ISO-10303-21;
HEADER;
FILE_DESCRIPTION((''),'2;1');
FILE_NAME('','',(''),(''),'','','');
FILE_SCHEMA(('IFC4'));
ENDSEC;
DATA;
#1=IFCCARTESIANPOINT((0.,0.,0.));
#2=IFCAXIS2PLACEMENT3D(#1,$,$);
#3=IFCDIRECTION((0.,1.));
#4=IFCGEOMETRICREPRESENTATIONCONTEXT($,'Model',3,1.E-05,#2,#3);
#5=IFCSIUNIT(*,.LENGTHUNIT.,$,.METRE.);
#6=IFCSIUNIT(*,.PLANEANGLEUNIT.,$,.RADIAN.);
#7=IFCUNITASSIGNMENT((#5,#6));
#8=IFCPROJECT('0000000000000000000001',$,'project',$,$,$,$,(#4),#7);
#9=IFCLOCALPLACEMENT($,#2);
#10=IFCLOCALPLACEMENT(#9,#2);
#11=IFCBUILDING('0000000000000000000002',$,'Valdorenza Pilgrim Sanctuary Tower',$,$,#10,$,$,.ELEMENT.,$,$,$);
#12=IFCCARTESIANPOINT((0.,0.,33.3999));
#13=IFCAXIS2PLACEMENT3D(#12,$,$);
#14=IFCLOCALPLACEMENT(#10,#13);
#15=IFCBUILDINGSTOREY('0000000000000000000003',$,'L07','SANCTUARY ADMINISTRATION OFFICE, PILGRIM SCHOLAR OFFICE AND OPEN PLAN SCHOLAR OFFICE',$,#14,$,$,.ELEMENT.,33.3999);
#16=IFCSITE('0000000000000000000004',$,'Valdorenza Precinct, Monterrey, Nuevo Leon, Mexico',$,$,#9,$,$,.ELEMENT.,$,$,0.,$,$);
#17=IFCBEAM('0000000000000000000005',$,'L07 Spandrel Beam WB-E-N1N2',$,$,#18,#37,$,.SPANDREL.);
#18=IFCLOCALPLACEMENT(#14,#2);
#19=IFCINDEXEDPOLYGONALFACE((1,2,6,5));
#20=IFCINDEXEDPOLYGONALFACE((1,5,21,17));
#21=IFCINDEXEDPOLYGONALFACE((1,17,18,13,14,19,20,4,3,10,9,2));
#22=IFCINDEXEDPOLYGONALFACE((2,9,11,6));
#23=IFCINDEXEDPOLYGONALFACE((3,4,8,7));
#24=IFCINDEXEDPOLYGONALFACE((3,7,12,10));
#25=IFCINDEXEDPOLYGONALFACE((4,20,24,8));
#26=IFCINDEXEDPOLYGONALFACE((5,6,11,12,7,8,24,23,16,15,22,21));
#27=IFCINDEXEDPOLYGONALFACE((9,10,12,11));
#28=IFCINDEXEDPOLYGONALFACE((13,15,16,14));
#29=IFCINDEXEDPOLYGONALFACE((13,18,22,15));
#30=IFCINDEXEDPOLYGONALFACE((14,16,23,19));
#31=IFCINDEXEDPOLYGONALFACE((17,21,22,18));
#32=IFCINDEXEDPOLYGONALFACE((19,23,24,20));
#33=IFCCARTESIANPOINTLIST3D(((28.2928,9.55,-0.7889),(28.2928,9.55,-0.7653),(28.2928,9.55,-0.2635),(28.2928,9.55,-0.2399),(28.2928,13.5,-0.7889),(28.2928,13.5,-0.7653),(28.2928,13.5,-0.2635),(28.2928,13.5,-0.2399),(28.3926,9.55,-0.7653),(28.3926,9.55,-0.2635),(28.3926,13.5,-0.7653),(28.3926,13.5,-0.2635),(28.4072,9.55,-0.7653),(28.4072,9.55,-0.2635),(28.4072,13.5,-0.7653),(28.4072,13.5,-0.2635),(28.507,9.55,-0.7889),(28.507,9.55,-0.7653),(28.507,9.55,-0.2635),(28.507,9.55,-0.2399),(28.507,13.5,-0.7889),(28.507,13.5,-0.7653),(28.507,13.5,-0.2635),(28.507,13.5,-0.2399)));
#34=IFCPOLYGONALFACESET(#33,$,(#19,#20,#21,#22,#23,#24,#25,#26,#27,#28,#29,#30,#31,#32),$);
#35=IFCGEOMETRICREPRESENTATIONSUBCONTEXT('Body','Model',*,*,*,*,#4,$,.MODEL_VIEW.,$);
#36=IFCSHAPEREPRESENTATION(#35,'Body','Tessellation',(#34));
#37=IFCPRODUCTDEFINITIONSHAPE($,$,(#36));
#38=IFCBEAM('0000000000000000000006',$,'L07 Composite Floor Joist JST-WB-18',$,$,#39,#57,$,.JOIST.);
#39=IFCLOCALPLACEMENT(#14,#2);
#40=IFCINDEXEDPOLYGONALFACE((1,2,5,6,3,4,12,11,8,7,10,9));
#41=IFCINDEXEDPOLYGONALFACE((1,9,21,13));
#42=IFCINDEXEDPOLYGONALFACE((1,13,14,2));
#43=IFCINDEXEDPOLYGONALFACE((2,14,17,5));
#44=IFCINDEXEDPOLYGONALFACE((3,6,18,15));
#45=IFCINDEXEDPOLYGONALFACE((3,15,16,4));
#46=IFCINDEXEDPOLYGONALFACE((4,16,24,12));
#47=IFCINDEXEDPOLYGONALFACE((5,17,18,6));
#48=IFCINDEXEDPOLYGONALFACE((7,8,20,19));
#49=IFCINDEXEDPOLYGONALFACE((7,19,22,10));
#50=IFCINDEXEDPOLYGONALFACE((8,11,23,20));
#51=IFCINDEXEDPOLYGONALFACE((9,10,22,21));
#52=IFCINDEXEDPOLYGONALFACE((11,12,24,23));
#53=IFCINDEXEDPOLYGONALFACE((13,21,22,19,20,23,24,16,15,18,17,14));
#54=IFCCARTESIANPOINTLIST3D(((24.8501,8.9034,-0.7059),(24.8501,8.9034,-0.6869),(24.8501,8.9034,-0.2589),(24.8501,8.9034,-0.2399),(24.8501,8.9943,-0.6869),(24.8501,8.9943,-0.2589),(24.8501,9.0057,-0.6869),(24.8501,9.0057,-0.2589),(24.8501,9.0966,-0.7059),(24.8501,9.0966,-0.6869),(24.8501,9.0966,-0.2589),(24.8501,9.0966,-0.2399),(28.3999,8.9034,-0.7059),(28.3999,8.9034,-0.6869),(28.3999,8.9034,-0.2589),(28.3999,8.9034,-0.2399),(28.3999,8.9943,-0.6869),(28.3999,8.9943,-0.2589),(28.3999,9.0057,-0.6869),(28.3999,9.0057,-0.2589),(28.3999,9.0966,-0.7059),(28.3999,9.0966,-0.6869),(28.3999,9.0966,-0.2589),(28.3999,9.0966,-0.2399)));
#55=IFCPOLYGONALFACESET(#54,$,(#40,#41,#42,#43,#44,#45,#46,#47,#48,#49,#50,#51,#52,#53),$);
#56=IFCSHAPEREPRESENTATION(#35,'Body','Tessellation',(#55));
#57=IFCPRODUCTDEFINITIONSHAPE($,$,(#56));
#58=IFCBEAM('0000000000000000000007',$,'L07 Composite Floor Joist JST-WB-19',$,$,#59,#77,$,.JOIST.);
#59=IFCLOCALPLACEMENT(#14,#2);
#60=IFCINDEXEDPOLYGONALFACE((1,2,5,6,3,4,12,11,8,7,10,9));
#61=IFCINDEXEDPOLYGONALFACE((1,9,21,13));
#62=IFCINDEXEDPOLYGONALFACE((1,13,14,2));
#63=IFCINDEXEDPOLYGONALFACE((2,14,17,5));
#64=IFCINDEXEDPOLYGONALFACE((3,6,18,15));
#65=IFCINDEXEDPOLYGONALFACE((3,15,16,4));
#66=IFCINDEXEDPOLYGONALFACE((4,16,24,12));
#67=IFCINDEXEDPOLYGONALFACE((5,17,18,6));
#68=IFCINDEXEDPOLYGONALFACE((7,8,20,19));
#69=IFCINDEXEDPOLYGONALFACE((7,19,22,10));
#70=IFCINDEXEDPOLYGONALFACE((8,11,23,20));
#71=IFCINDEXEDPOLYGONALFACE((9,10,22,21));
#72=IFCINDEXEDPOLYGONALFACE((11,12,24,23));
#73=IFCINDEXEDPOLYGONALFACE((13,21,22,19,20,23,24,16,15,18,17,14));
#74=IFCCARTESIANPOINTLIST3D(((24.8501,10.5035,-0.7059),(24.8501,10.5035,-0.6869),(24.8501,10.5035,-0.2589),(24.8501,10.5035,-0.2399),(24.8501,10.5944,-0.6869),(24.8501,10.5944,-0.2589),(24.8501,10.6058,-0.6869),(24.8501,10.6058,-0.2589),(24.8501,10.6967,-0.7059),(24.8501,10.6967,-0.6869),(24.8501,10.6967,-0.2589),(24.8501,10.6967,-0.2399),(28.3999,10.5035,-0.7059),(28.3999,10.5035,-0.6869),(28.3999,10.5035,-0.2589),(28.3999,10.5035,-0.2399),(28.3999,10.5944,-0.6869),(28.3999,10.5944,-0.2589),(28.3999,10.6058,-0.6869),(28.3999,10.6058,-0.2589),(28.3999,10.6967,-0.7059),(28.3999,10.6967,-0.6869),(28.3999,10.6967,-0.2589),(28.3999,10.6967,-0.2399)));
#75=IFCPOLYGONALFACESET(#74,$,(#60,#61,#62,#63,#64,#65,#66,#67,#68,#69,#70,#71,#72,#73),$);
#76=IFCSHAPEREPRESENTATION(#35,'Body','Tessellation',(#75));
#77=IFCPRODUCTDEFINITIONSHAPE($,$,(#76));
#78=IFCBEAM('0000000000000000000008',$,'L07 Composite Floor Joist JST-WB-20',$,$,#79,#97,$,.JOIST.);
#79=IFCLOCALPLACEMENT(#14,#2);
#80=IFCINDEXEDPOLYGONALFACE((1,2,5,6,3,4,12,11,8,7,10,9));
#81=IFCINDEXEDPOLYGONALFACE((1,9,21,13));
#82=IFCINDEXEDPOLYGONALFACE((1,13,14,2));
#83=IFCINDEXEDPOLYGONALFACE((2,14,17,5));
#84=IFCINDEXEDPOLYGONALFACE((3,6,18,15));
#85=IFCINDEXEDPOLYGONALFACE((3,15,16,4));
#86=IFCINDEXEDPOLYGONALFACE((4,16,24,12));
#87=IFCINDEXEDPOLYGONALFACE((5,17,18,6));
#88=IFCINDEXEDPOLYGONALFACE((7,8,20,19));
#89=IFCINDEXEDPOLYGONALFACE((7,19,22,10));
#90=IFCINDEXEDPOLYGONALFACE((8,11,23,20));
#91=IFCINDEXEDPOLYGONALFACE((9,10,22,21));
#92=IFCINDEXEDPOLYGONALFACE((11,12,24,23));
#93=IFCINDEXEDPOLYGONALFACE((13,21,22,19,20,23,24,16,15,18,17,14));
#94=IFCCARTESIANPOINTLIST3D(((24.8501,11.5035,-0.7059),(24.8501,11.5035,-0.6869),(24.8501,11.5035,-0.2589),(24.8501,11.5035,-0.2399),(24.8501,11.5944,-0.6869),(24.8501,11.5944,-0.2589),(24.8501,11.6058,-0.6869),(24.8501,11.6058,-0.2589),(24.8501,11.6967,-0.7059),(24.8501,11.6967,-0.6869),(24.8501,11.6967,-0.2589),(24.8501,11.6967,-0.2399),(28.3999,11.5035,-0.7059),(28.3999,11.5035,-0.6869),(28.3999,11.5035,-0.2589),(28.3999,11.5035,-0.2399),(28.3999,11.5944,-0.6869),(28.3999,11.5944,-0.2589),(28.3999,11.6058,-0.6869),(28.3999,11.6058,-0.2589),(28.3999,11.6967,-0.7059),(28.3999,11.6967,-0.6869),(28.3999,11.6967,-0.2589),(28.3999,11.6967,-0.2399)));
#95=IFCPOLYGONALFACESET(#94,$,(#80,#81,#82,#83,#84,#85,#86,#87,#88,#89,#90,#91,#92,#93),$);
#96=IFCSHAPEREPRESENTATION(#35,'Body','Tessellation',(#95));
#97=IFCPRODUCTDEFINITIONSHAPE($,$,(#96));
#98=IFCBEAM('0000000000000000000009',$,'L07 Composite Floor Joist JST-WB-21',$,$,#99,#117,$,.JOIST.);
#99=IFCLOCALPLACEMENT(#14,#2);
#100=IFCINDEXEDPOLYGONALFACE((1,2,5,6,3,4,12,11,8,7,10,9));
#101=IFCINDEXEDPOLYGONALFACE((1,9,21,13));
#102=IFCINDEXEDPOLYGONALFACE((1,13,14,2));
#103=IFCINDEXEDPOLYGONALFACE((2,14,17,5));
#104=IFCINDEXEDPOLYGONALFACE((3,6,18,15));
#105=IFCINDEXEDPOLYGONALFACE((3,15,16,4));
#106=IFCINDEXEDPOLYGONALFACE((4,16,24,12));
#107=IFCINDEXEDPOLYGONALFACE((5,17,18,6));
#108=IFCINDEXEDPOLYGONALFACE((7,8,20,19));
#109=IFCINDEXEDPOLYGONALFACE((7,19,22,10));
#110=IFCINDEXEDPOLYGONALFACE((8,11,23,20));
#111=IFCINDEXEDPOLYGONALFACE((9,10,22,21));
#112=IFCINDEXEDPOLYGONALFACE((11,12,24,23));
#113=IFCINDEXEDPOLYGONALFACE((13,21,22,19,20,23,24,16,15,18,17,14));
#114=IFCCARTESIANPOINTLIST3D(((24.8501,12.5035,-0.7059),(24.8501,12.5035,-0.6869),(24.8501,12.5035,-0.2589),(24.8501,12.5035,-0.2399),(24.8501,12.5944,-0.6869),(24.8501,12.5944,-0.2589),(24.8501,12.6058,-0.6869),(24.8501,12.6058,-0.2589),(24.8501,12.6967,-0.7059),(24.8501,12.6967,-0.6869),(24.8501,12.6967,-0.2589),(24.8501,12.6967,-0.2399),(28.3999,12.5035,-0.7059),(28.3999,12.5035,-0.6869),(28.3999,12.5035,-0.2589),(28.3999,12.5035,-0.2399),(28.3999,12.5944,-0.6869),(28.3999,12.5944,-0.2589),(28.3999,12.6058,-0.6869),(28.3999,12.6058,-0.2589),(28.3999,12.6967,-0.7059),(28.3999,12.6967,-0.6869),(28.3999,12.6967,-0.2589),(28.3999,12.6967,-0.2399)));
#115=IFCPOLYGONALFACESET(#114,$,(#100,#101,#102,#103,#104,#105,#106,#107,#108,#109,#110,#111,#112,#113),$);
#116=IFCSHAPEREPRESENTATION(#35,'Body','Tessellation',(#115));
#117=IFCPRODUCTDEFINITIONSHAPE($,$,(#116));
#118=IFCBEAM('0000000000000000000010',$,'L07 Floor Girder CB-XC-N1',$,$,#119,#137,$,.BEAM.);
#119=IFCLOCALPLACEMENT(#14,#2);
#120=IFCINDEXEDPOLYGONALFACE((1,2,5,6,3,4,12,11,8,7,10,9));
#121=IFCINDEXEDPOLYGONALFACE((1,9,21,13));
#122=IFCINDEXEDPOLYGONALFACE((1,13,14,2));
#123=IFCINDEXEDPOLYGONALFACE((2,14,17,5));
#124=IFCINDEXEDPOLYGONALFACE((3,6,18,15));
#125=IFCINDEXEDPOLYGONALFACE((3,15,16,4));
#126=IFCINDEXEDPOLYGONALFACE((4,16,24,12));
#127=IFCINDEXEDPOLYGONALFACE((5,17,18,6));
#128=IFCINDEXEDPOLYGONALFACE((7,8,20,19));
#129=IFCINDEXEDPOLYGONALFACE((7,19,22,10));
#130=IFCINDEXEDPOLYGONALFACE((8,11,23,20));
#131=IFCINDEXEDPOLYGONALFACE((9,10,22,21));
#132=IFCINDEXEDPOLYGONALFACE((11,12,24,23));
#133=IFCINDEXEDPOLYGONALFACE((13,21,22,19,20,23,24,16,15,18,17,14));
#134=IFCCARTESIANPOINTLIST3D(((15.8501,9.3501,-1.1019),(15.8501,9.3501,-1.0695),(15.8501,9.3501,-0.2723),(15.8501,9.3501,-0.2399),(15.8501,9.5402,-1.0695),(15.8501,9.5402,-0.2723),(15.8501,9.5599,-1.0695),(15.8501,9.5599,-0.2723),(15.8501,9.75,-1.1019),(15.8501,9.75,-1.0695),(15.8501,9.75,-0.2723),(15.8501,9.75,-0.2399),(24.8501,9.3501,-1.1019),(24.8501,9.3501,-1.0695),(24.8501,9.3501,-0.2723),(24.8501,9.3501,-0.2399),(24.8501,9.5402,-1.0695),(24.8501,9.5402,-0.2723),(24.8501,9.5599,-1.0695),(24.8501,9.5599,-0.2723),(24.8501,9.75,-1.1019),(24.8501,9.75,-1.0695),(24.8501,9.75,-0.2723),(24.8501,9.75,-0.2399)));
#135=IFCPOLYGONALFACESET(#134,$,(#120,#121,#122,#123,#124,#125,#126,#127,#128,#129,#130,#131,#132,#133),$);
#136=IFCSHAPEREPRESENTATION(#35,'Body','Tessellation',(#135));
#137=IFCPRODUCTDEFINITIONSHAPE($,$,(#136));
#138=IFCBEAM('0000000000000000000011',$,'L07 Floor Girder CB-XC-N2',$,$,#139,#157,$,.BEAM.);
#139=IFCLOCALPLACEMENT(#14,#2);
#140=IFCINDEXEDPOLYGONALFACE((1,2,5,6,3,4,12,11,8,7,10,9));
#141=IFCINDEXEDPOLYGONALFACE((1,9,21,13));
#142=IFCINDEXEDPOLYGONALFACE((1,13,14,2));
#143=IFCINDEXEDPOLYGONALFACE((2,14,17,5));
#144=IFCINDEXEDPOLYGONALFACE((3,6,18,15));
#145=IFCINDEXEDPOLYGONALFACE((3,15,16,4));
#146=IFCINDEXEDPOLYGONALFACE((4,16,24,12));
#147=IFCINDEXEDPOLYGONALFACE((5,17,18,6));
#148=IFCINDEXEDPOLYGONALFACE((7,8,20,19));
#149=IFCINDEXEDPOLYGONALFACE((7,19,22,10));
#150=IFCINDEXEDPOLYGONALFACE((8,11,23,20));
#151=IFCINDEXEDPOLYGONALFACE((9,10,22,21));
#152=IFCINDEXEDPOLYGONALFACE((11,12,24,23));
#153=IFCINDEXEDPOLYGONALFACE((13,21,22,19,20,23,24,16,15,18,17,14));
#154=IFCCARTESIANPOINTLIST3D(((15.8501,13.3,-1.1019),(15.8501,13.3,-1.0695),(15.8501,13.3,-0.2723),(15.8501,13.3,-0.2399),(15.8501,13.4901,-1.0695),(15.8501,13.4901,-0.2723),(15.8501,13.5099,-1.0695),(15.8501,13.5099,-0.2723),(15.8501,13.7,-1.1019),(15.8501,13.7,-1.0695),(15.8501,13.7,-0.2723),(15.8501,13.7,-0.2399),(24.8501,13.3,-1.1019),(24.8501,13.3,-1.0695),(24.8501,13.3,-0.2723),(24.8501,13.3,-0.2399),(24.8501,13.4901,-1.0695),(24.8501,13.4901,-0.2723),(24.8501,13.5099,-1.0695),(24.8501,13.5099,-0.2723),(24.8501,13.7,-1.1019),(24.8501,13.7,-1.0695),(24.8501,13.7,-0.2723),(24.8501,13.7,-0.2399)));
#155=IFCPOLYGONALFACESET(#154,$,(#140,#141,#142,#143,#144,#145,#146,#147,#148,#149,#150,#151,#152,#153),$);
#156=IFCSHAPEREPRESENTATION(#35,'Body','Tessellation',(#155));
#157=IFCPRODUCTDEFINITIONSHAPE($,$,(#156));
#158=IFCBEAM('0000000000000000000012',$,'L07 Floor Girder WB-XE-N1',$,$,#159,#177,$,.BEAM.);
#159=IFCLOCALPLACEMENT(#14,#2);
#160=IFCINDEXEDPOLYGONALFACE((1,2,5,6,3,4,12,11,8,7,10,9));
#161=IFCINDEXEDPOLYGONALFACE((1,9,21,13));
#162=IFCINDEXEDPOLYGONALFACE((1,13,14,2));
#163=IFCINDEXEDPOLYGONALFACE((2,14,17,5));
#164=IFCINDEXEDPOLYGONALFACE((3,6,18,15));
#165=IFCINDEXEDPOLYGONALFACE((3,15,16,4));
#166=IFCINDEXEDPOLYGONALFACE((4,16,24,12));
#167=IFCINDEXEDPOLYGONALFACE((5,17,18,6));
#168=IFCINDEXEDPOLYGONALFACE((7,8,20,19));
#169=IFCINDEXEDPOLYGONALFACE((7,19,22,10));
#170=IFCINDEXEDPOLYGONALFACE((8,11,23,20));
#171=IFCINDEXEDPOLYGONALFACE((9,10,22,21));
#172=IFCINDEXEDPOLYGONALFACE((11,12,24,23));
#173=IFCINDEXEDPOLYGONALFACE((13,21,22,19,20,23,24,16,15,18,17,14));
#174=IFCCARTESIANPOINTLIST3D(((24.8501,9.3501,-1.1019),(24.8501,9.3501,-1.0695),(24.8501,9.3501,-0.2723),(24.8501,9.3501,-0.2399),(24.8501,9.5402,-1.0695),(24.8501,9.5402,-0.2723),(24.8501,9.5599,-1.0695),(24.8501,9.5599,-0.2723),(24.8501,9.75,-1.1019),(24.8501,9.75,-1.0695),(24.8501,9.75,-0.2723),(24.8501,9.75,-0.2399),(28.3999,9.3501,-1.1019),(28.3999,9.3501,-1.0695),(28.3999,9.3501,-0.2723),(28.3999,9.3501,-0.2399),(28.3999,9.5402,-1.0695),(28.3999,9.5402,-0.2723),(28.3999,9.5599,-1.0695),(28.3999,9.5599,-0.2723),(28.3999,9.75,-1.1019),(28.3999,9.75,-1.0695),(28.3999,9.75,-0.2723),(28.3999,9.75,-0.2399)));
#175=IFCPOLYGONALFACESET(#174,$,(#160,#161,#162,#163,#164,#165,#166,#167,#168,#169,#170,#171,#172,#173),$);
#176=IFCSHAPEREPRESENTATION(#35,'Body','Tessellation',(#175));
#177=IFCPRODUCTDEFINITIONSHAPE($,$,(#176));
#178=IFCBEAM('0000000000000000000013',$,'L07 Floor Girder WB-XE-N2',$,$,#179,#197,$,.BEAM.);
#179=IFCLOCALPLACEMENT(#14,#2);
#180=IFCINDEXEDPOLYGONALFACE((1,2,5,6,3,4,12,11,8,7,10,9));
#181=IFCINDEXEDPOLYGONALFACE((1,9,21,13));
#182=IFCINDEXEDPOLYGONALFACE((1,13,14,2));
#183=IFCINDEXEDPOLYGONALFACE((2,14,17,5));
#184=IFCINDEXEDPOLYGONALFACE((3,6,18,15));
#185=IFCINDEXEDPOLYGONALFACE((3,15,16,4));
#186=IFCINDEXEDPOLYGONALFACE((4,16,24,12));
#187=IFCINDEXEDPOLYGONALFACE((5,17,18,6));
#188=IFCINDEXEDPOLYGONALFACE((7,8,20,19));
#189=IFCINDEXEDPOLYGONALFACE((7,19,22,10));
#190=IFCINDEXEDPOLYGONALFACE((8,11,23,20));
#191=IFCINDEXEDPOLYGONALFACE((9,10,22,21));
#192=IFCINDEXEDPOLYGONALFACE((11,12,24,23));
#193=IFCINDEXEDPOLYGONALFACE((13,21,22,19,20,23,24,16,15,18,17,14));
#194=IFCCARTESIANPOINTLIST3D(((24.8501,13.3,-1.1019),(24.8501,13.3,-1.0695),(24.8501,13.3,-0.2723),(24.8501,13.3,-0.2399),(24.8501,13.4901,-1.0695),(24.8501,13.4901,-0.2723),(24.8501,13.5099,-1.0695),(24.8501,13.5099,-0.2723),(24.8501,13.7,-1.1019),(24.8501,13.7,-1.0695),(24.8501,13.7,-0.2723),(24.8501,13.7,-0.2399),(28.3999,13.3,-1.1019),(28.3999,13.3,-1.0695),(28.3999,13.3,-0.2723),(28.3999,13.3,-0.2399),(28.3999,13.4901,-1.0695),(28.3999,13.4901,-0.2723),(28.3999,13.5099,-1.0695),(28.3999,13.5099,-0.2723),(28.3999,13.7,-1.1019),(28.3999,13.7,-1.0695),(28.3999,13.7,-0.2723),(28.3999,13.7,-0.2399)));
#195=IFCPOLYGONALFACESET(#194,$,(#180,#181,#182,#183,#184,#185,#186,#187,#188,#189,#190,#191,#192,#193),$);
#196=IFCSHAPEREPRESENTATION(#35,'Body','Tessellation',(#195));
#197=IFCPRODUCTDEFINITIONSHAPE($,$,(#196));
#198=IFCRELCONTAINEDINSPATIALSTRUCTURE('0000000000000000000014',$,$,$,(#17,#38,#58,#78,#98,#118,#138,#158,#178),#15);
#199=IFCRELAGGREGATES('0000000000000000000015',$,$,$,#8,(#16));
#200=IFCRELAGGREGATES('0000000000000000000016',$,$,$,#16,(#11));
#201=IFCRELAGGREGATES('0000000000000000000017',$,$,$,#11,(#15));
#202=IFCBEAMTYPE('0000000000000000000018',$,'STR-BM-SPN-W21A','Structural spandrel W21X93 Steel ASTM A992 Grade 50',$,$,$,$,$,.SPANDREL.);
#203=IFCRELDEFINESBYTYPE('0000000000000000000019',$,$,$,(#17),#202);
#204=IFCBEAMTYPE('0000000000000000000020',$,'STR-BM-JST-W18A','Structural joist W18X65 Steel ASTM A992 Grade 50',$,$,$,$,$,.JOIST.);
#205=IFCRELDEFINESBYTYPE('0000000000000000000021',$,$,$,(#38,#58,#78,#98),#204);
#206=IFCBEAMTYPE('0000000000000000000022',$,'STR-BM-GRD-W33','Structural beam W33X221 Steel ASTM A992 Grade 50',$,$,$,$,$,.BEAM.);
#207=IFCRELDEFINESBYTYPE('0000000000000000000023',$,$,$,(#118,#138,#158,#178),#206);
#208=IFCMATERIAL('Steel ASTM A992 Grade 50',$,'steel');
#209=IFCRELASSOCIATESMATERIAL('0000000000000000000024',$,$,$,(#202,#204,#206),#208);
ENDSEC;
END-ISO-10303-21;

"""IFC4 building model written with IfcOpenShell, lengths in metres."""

from ifc_helpers import new_model, si_unit, direction, frame, origin, origin_2d, place, context, subcontext, project, spatial, i_section, extrude, source, transform, mapped, material, material_profile, profile_set, type_object, element, save


model = new_model("IFC4")

# Units and contexts
model_context = context("Model", 3, precision=1e-05, world=origin(), true_north=direction((0.0, 1.0)))
body_context = subcontext(model_context, "Body", "Model", "MODEL_VIEW")
ifc_project = project(units=[si_unit("LENGTHUNIT", "METRE"), si_unit("PLANEANGLEUNIT", "RADIAN")], contexts=[model_context])

# Site, building, storey
site_placement = place(None, origin())
site = spatial("IfcSite", under=ifc_project, at=site_placement, Name="Valdorenza Precinct, Monterrey, Nuevo Leon, Mexico", CompositionType="ELEMENT", RefElevation=0.0)
building_placement = place(site_placement, origin())
building = spatial("IfcBuilding", under=site, at=building_placement, Name="Valdorenza Pilgrim Sanctuary Tower", CompositionType="ELEMENT")
storey_placement = place(building_placement, frame((0.0, 0.0, 33.3999)))
storey = spatial("IfcBuildingStorey", under=building, at=storey_placement, Name="L07", Description="SANCTUARY ADMINISTRATION OFFICE, PILGRIM SCHOLAR OFFICE AND OPEN PLAN SCHOLAR OFFICE", CompositionType="ELEMENT", Elevation=33.3999)

# Beams
ifc_material_1 = material(Name="Steel ASTM A992 Grade 50", Category="steel")
ifc_material_profile_1 = material_profile(ifc_material_1, i_section(OverallWidth=0.2141, OverallDepth=0.5491, WebThickness=0.0146, FlangeThickness=0.0237, at=origin_2d()), Name="W21X93")
ifc_profile_set_1 = profile_set([ifc_material_profile_1], Name="Steel ASTM A992 Grade 50")
beam_type_1 = type_object("IfcBeamType", Name="STR-BM-SPN-W21A", Description="Structural spandrel W21X93 Steel ASTM A992 Grade 50", PredefinedType="SPANDREL", material=ifc_profile_set_1)
shared_shape_1 = source(origin(), body_context, "Body", "SweptSolid", [
    extrude(i_section(OverallWidth=0.2141, OverallDepth=0.5491, WebThickness=0.0146, FlangeThickness=0.0237, at=origin_2d()), origin(), (0.0, 0.0, 1.0), 3.95),
])
beam_placement = place(storey_placement, frame((28.3999, 9.55, -0.5144), z_axis=(0.0, 1.0, 0.0), x_axis=(-1.0, 0.0, 0.0)))
element("IfcBeam", 1, at=beam_placement, inside=storey, type_object=beam_type_1, Name="L07 Spandrel Beam WB-E-N1N2", PredefinedType="SPANDREL", context=body_context, shape_type="MappedRepresentation", body=[
    mapped(shared_shape_1, transform((0.0, 0.0, 0.0), x_axis=(1.0, 0.0, 0.0), y_axis=(0.0, 1.0, 0.0), z_axis=(0.0, 0.0, 1.0), scale=1.0)),
])
ifc_material_profile_2 = material_profile(ifc_material_1, i_section(OverallWidth=0.1931, OverallDepth=0.4661, WebThickness=0.0115, FlangeThickness=0.019, at=origin_2d()), Name="W18X65")
ifc_profile_set_2 = profile_set([ifc_material_profile_2], Name="Steel ASTM A992 Grade 50")
beam_type_2 = type_object("IfcBeamType", Name="STR-BM-JST-W18A", Description="Structural joist W18X65 Steel ASTM A992 Grade 50", PredefinedType="JOIST", material=ifc_profile_set_2)
shared_shape_2 = source(origin(), body_context, "Body", "SweptSolid", [
    extrude(i_section(OverallWidth=0.1931, OverallDepth=0.4661, WebThickness=0.0115, FlangeThickness=0.019, at=origin_2d()), origin(), (0.0, 0.0, 1.0), 3.5498),
])
for number, where, z_axis, x_axis, name in (
    (2, (24.8501, 9.0, -0.4729), (1.0, 0.0, 0.0), (0.0, 1.0, 0.0), "L07 Composite Floor Joist JST-WB-18"),
    (3, (24.8501, 10.6001, -0.4729), (1.0, 0.0, 0.0), (0.0, 1.0, 0.0), "L07 Composite Floor Joist JST-WB-19"),
    (4, (24.8501, 11.6001, -0.4729), (1.0, 0.0, 0.0), (0.0, 1.0, 0.0), "L07 Composite Floor Joist JST-WB-20"),
    (5, (24.8501, 12.6001, -0.4729), (1.0, 0.0, 0.0), (0.0, 1.0, 0.0), "L07 Composite Floor Joist JST-WB-21"),
):
    element("IfcBeam", number, at=place(storey_placement, frame(where, z_axis=z_axis, x_axis=x_axis)), inside=storey, type_object=beam_type_2, Name=name, PredefinedType="JOIST", context=body_context, shape_type="MappedRepresentation", body=[
        mapped(shared_shape_2, transform((0.0, 0.0, 0.0), x_axis=(1.0, 0.0, 0.0), y_axis=(0.0, 1.0, 0.0), z_axis=(0.0, 0.0, 1.0), scale=1.0)),
    ])
ifc_material_profile_3 = material_profile(ifc_material_1, i_section(OverallWidth=0.3999, OverallDepth=0.8621, WebThickness=0.0198, FlangeThickness=0.0325, at=origin_2d()), Name="W33X221")
ifc_profile_set_3 = profile_set([ifc_material_profile_3], Name="Steel ASTM A992 Grade 50")
beam_type_3 = type_object("IfcBeamType", Name="STR-BM-GRD-W33", Description="Structural beam W33X221 Steel ASTM A992 Grade 50", PredefinedType="BEAM", material=ifc_profile_set_3)
shared_shape_3 = source(origin(), body_context, "Body", "SweptSolid", [
    extrude(i_section(OverallWidth=0.3999, OverallDepth=0.8621, WebThickness=0.0198, FlangeThickness=0.0325, at=origin_2d()), origin(), (0.0, 0.0, 1.0), 9.0),
])
for number, where, z_axis, x_axis, name in (
    (6, (15.8501, 9.55, -0.6709), (1.0, 0.0, 0.0), (0.0, 1.0, 0.0), "L07 Floor Girder CB-XC-N1"),
    (7, (15.8501, 13.5, -0.6709), (1.0, 0.0, 0.0), (0.0, 1.0, 0.0), "L07 Floor Girder CB-XC-N2"),
):
    element("IfcBeam", number, at=place(storey_placement, frame(where, z_axis=z_axis, x_axis=x_axis)), inside=storey, type_object=beam_type_3, Name=name, PredefinedType="BEAM", context=body_context, shape_type="MappedRepresentation", body=[
        mapped(shared_shape_3, transform((0.0, 0.0, 0.0), x_axis=(1.0, 0.0, 0.0), y_axis=(0.0, 1.0, 0.0), z_axis=(0.0, 0.0, 1.0), scale=1.0)),
    ])
shared_shape_4 = source(origin(), body_context, "Body", "SweptSolid", [
    extrude(i_section(OverallWidth=0.3999, OverallDepth=0.8621, WebThickness=0.0198, FlangeThickness=0.0325, at=origin_2d()), origin(), (0.0, 0.0, 1.0), 3.5498),
])
for number, where, z_axis, x_axis, name in (
    (8, (24.8501, 9.55, -0.6709), (1.0, 0.0, 0.0), (0.0, 1.0, 0.0), "L07 Floor Girder WB-XE-N1"),
    (9, (24.8501, 13.5, -0.6709), (1.0, 0.0, 0.0), (0.0, 1.0, 0.0), "L07 Floor Girder WB-XE-N2"),
):
    element("IfcBeam", number, at=place(storey_placement, frame(where, z_axis=z_axis, x_axis=x_axis)), inside=storey, type_object=beam_type_3, Name=name, PredefinedType="BEAM", context=body_context, shape_type="MappedRepresentation", body=[
        mapped(shared_shape_4, transform((0.0, 0.0, 0.0), x_axis=(1.0, 0.0, 0.0), y_axis=(0.0, 1.0, 0.0), z_axis=(0.0, 0.0, 1.0), scale=1.0)),
    ])

save(model, "model.ifc")
